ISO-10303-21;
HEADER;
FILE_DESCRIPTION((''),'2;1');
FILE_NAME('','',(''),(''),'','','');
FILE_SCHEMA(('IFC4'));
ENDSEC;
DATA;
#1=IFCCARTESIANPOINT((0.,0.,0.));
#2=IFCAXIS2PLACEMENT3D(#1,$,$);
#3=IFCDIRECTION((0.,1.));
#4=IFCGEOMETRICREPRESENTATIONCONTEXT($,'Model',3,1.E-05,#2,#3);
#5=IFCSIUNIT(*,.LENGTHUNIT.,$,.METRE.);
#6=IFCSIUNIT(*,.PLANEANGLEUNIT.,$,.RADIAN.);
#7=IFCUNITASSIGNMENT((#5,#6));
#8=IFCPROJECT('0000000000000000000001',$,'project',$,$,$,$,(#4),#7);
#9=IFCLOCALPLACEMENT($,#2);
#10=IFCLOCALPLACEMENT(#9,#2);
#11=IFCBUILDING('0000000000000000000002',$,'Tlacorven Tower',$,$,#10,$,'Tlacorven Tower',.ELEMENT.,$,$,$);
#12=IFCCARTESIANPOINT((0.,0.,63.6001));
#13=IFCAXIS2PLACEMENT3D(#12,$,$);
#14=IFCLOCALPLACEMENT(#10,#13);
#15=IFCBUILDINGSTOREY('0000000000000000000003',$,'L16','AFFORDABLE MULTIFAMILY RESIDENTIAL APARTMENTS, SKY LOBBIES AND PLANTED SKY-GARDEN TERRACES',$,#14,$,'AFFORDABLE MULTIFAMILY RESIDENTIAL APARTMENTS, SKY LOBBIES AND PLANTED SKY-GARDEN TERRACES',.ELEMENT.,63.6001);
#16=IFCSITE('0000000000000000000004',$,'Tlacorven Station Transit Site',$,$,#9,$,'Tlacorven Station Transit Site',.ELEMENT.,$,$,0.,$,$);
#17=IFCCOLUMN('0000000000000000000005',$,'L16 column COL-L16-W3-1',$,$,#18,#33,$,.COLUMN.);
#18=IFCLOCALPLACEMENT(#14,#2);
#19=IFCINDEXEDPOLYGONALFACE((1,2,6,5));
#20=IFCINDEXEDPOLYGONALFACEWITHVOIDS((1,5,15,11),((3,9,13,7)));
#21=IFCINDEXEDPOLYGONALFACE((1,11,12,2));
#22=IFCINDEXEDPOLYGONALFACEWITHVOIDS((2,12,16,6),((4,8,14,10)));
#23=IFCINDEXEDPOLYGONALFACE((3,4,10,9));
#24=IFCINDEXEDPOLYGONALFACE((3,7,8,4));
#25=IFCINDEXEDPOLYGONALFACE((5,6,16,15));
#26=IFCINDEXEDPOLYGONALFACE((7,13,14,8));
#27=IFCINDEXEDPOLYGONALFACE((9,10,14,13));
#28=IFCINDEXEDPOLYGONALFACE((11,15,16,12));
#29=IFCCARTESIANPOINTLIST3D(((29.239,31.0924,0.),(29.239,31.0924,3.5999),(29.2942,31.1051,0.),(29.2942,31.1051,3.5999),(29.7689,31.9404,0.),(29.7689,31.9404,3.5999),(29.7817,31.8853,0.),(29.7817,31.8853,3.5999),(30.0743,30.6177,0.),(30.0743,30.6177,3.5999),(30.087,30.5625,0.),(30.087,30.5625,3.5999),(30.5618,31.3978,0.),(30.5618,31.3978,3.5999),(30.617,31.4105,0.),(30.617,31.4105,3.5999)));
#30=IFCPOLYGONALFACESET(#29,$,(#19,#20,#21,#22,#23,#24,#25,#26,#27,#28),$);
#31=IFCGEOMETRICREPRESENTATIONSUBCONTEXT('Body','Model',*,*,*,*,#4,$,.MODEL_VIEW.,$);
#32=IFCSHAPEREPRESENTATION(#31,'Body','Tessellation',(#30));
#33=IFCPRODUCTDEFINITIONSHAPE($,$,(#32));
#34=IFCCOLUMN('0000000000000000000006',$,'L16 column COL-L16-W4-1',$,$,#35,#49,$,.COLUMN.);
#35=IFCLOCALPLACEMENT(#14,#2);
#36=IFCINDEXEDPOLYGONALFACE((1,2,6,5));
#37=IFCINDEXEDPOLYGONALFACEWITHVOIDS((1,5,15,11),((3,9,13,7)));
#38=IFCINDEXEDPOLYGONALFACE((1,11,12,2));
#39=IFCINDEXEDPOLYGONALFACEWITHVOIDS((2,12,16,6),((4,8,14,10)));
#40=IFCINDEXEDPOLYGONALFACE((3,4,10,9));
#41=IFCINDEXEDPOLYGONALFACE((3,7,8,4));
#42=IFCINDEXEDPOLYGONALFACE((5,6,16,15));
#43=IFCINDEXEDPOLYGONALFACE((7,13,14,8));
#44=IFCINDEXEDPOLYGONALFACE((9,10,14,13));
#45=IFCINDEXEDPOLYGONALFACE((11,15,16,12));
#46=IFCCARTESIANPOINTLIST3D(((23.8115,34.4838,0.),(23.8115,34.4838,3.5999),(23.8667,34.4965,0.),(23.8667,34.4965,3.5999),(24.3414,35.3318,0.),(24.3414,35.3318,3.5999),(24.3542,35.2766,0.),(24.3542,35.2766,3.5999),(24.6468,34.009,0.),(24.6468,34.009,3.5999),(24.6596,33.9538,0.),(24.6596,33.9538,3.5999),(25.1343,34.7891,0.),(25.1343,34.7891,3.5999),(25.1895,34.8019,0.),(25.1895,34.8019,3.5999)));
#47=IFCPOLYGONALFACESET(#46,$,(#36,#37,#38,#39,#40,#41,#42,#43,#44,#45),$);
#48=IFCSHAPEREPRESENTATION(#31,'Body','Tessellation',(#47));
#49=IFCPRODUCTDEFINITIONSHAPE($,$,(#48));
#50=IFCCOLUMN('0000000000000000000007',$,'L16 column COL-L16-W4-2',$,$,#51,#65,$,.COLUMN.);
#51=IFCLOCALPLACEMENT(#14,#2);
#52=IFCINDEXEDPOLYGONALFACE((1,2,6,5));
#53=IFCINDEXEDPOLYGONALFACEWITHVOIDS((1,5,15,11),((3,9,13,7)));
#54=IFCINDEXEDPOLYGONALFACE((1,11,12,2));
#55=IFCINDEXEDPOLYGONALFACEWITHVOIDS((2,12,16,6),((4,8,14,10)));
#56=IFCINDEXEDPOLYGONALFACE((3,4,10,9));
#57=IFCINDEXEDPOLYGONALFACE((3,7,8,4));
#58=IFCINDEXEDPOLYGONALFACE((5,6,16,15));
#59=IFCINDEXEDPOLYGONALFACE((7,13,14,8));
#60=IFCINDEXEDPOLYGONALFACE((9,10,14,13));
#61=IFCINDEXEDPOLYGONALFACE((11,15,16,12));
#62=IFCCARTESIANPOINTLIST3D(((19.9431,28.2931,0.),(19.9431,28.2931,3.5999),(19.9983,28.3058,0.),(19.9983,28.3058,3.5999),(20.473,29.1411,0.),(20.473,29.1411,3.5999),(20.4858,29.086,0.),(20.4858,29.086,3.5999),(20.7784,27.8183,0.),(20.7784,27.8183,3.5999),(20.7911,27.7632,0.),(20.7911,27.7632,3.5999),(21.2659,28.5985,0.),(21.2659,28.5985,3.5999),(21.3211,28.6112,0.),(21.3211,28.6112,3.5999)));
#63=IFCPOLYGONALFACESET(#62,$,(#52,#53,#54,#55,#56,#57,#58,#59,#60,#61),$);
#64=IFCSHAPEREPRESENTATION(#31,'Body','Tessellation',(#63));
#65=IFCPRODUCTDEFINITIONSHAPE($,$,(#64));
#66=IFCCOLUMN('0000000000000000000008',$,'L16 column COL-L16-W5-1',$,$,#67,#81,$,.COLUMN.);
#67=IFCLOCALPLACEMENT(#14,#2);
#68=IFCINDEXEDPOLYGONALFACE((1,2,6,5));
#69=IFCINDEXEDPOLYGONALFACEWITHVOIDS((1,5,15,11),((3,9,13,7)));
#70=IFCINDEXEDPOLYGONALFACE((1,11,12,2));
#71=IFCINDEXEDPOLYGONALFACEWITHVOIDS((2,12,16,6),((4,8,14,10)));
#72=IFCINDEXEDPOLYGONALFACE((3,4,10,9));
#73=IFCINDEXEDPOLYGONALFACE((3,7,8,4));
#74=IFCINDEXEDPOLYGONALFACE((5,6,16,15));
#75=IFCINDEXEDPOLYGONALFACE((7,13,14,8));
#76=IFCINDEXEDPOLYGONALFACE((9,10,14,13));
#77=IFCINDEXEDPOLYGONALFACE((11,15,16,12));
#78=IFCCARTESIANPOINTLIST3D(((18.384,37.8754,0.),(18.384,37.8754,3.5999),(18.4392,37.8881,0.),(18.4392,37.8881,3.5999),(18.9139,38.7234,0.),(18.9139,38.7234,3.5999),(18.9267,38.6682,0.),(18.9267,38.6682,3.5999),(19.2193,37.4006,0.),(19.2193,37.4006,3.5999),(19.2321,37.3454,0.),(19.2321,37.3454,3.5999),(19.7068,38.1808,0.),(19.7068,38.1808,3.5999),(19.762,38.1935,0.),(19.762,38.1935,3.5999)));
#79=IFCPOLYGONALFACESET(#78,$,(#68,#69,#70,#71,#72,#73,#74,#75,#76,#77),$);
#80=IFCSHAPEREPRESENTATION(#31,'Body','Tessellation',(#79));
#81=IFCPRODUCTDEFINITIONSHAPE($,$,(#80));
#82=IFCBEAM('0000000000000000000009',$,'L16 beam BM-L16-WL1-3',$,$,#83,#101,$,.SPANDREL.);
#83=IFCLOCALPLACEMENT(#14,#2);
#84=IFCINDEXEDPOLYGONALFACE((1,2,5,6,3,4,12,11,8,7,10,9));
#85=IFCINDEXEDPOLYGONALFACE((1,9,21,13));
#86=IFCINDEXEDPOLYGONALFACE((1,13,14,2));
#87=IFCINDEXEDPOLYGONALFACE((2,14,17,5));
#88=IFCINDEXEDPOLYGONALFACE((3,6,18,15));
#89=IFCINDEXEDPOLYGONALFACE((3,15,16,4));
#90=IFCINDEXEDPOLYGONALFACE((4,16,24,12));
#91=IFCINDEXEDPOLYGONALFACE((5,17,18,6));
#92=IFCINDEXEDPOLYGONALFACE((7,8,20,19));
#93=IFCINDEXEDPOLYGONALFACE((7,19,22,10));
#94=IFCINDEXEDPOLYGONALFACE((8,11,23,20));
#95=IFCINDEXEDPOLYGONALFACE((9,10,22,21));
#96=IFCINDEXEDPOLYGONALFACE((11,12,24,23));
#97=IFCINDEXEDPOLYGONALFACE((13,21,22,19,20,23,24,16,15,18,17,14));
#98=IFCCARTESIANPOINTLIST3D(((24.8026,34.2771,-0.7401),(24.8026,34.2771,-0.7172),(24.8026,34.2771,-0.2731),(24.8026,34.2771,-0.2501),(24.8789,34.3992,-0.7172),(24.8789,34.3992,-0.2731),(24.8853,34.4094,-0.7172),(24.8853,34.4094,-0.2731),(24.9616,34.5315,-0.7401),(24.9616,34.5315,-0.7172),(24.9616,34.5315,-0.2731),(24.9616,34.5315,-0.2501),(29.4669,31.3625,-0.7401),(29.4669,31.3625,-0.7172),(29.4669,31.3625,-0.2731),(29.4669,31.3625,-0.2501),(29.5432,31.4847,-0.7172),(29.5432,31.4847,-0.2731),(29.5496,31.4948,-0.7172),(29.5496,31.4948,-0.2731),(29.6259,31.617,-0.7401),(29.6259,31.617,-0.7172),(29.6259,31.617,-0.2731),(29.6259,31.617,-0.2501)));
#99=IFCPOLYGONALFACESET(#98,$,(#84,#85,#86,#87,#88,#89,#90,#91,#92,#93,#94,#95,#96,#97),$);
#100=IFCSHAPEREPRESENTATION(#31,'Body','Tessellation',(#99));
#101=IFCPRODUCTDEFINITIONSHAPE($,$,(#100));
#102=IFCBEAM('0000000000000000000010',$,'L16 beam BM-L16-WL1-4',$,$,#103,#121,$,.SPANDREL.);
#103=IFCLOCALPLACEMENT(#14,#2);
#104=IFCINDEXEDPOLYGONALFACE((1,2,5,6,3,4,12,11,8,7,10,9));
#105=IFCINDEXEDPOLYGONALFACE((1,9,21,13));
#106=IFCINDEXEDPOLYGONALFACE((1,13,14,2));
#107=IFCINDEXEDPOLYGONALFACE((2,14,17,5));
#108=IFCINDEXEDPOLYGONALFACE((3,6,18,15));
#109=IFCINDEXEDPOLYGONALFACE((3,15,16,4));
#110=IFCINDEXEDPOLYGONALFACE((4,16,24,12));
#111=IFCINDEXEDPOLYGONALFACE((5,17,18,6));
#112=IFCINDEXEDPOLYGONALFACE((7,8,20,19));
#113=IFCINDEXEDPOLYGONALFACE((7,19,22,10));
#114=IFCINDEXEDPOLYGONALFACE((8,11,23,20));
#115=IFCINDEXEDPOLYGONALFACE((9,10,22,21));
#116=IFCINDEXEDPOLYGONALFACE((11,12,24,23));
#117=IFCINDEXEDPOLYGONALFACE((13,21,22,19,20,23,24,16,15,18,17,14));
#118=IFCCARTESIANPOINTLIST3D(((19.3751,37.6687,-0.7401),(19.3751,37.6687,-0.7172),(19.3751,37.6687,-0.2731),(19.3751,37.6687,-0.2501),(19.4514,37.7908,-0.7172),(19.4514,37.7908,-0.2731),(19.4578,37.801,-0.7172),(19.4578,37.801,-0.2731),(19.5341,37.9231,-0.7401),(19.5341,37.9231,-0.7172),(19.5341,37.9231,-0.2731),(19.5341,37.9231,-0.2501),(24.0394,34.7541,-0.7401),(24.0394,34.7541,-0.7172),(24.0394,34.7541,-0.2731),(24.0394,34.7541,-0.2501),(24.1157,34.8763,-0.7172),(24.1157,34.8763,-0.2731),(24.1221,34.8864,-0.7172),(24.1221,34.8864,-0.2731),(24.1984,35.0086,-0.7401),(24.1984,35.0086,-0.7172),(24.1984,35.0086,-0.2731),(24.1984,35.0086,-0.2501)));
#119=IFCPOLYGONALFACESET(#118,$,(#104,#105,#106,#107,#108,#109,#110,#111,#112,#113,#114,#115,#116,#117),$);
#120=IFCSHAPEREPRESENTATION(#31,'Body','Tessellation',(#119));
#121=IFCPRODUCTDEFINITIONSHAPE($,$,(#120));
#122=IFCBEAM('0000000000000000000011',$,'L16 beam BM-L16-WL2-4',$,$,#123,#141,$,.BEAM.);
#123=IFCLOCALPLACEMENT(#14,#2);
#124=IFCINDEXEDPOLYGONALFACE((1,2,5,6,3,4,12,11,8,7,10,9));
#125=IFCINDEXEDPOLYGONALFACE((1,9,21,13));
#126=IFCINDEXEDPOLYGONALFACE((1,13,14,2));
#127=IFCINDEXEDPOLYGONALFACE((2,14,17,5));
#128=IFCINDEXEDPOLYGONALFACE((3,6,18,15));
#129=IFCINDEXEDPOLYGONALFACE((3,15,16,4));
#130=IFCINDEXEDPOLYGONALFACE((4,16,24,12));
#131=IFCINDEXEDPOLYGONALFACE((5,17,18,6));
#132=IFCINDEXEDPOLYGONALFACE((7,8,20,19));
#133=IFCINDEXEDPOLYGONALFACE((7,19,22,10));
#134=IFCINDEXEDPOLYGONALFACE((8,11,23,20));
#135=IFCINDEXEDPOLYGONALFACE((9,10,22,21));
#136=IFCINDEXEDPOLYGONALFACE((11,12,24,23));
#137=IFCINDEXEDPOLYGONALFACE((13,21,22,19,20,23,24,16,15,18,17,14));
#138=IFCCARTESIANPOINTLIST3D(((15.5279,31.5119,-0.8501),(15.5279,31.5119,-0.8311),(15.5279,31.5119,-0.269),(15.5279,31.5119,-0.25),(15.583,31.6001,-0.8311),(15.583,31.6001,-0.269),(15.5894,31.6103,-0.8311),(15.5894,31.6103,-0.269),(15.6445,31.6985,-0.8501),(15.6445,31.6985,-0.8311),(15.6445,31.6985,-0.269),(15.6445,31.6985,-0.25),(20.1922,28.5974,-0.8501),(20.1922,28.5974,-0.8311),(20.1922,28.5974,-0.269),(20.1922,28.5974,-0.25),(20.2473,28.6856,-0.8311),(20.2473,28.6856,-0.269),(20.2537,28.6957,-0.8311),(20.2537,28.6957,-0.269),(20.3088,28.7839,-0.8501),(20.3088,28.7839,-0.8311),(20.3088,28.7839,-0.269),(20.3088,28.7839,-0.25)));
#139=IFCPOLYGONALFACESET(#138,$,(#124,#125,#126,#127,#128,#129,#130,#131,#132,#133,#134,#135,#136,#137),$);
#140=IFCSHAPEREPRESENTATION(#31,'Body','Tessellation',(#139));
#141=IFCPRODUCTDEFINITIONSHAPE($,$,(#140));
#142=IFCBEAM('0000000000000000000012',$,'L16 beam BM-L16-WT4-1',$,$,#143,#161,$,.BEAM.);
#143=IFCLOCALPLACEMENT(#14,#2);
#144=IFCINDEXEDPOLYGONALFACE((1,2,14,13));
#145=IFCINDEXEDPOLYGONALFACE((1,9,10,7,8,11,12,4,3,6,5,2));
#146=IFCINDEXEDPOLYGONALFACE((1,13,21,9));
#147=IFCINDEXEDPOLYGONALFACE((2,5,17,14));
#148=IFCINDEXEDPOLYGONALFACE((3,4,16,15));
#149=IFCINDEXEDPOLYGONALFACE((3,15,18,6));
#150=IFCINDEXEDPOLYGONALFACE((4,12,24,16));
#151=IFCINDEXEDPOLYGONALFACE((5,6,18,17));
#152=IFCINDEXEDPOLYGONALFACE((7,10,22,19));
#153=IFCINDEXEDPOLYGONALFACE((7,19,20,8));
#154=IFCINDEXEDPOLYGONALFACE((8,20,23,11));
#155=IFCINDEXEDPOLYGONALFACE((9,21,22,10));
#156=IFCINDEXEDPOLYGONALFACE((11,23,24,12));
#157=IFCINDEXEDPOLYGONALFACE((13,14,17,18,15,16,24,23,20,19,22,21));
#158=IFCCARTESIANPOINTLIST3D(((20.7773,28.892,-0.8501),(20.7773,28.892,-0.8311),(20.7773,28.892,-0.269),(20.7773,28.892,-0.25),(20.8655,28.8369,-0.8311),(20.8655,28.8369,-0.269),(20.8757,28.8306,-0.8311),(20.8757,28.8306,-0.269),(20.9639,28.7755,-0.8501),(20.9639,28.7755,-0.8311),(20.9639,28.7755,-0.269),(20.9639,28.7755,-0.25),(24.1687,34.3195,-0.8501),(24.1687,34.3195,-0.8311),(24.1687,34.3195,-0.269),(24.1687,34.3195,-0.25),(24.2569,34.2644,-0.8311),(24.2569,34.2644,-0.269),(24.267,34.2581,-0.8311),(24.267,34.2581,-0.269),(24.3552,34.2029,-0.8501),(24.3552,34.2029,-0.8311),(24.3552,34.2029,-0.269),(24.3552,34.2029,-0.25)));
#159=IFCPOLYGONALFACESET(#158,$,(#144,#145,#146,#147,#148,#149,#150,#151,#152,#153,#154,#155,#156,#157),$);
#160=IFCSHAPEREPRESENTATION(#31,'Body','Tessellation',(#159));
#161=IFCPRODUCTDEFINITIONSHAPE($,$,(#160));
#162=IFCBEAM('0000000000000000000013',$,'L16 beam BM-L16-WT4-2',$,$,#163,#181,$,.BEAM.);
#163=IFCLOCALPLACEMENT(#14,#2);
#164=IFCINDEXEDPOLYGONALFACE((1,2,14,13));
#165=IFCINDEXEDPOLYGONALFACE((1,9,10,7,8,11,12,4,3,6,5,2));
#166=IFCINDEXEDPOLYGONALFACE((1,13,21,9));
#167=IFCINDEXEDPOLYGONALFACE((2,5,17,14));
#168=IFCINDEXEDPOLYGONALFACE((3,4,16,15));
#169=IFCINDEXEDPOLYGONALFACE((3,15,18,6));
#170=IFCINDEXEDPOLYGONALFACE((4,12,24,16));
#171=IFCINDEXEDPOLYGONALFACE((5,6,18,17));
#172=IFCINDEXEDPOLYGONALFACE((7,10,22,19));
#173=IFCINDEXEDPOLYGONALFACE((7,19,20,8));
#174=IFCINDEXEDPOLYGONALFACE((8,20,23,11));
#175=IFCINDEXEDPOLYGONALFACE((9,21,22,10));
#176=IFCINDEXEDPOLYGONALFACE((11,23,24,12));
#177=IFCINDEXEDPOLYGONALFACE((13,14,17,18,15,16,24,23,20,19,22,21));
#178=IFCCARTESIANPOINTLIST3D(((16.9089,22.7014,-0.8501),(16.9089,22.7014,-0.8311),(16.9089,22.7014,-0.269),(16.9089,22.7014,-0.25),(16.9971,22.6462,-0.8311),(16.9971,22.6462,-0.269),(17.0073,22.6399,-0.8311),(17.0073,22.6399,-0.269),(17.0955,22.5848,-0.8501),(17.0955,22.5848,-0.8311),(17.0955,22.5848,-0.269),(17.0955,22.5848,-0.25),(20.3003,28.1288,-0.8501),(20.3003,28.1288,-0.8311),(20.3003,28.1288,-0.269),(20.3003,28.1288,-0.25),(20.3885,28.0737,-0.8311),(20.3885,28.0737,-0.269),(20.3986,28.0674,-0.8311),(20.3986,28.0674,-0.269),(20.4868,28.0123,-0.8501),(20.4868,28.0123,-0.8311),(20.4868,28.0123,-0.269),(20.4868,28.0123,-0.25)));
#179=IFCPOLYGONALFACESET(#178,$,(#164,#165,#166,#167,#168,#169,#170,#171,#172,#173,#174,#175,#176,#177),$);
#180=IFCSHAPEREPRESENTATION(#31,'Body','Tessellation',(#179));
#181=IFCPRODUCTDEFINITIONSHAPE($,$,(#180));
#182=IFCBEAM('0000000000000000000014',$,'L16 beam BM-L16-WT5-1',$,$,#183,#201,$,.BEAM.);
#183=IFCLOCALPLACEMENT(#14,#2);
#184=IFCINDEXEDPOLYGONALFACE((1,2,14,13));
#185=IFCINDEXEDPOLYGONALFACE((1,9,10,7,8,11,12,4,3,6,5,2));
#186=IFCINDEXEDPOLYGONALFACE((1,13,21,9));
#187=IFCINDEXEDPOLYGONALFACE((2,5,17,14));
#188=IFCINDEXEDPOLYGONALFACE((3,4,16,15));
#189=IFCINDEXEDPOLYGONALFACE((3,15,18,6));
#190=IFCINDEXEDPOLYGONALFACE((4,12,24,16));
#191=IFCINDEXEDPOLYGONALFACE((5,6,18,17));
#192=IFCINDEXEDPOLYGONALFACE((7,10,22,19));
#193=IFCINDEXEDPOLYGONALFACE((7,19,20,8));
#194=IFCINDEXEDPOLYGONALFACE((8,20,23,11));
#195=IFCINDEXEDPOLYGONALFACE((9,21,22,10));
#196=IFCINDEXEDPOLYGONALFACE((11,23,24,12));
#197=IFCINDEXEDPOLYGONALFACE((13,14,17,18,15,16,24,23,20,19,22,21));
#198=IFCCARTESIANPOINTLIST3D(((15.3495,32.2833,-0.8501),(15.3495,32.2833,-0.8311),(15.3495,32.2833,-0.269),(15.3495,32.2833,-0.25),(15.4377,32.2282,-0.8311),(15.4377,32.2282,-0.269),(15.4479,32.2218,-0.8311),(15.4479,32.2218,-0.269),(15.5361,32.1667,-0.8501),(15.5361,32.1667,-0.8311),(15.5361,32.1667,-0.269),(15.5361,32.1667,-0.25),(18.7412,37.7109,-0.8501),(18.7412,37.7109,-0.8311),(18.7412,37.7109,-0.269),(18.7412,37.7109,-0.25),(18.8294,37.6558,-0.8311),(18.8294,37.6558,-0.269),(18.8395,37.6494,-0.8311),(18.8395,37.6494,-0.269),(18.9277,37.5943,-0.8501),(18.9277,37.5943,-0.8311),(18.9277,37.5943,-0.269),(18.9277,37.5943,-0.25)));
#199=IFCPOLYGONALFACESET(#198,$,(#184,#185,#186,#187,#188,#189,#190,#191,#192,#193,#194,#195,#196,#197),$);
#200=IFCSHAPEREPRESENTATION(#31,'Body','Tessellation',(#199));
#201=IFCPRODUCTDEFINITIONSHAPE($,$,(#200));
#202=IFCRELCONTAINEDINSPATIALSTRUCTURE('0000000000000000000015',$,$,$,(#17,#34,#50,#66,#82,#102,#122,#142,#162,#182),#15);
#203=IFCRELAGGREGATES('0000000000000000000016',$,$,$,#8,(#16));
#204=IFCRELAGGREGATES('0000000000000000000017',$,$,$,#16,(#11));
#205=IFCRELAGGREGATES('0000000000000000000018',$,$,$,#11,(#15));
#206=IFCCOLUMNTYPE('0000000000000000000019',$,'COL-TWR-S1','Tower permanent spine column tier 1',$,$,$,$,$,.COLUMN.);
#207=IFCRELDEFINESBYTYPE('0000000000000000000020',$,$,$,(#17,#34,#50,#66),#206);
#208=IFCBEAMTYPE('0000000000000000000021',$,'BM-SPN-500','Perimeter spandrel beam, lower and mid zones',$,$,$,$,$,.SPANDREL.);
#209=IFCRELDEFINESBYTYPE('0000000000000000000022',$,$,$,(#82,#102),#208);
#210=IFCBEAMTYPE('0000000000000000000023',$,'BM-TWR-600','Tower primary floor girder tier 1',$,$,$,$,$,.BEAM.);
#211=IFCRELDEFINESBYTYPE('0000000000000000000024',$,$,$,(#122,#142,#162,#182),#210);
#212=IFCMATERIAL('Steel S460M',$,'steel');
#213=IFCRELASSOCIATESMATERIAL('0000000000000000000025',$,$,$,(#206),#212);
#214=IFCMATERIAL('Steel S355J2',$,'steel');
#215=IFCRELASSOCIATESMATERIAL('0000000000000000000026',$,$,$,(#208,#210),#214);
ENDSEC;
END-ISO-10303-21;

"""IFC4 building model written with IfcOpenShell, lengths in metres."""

from ifc_helpers import new_model, si_unit, direction, frame, origin, origin_2d, place, context, subcontext, project, spatial, hollow_rectangle, i_section, extrude, source, transform, mapped, material, material_profile, profile_set, type_object, element, save


model = new_model("IFC4")

# Units and contexts
model_context = context("Model", 3, precision=1e-05, world=origin(), true_north=direction((0.0, 1.0)))
body_context = subcontext(model_context, "Body", "Model", "MODEL_VIEW")
ifc_project = project(units=[si_unit("LENGTHUNIT", "METRE"), si_unit("PLANEANGLEUNIT", "RADIAN")], contexts=[model_context])

# Site, building, storey
site_placement = place(None, origin())
site = spatial("IfcSite", under=ifc_project, at=site_placement, Name="Tlacorven Station Transit Site", LongName="Tlacorven Station Transit Site", CompositionType="ELEMENT", RefElevation=0.0)
building_placement = place(site_placement, origin())
building = spatial("IfcBuilding", under=site, at=building_placement, Name="Tlacorven Tower", LongName="Tlacorven Tower", CompositionType="ELEMENT")
storey_placement = place(building_placement, frame((0.0, 0.0, 63.6001)))
storey = spatial("IfcBuildingStorey", under=building, at=storey_placement, Name="L16", Description="AFFORDABLE MULTIFAMILY RESIDENTIAL APARTMENTS, SKY LOBBIES AND PLANTED SKY-GARDEN TERRACES", LongName="AFFORDABLE MULTIFAMILY RESIDENTIAL APARTMENTS, SKY LOBBIES AND PLANTED SKY-GARDEN TERRACES", CompositionType="ELEMENT", Elevation=63.6001)

# Columns
ifc_material_1 = material(Name="Steel S460M", Category="steel")
ifc_material_profile_1 = material_profile(ifc_material_1, hollow_rectangle(XDim=1.0, YDim=1.0, WallThickness=0.04, at=origin_2d()), Name="BOX 1000X1000X40")
ifc_profile_set_1 = profile_set([ifc_material_profile_1], Name="Steel S460M")
column_type = type_object("IfcColumnType", Name="COL-TWR-S1", Description="Tower permanent spine column tier 1", PredefinedType="COLUMN", material=ifc_profile_set_1)
shared_shape_1 = source(origin(), body_context, "Body", "SweptSolid", [
    extrude(hollow_rectangle(XDim=1.0, YDim=1.0, WallThickness=0.04, at=origin_2d()), origin(), (0.0, 0.0, 1.0), 3.5999),
])
for number, where, z_axis, x_axis, name in (
    (1, (29.928, 31.2515, 0.0), (0.0, 0.0, 1.0), (-0.848048, 0.529919, 0.0), "L16 column COL-L16-W3-1"),
    (2, (24.5005, 34.6428, 0.0), (0.0, 0.0, 1.0), (-0.848048, 0.529919, 0.0), "L16 column COL-L16-W4-1"),
    (3, (20.6321, 28.4521, 0.0), (0.0, 0.0, 1.0), (-0.848048, 0.529919, 0.0), "L16 column COL-L16-W4-2"),
    (4, (19.073, 38.0344, 0.0), (0.0, 0.0, 1.0), (-0.848048, 0.529919, 0.0), "L16 column COL-L16-W5-1"),
):
    element("IfcColumn", number, at=place(storey_placement, frame(where, z_axis=z_axis, x_axis=x_axis)), inside=storey, type_object=column_type, Name=name, PredefinedType="COLUMN", context=body_context, shape_type="MappedRepresentation", body=[
        mapped(shared_shape_1, transform((0.0, 0.0, 0.0), scale=1.0)),
    ])

# Beams
ifc_material_2 = material(Name="Steel S355J2", Category="steel")
ifc_material_profile_2 = material_profile(ifc_material_2, i_section(OverallWidth=0.3, OverallDepth=0.49, WebThickness=0.012, FlangeThickness=0.0229, at=origin_2d()), Name="HEA 500")
ifc_profile_set_2 = profile_set([ifc_material_profile_2], Name="Steel S355J2")
beam_type_1 = type_object("IfcBeamType", Name="BM-SPN-500", Description="Perimeter spandrel beam, lower and mid zones", PredefinedType="SPANDREL", material=ifc_profile_set_2)
shared_shape_2 = source(origin(), body_context, "Body", "SweptSolid", [
    extrude(i_section(OverallWidth=0.3, OverallDepth=0.49, WebThickness=0.012, FlangeThickness=0.0229, at=origin_2d()), origin(), (0.0, 0.0, 1.0), 5.5),
])
for number, where, z_axis, x_axis, name in (
    (5, (29.5464, 31.4897, -0.4951), (-0.848051, 0.529915, 0.0), (-0.529915, -0.848051, 0.0), "L16 beam BM-L16-WL1-3"),
    (6, (24.1189, 34.8813, -0.4951), (-0.848051, 0.529915, 0.0), (-0.529915, -0.848051, 0.0), "L16 beam BM-L16-WL1-4"),
):
    element("IfcBeam", number, at=place(storey_placement, frame(where, z_axis=z_axis, x_axis=x_axis)), inside=storey, type_object=beam_type_1, Name=name, PredefinedType="SPANDREL", context=body_context, shape_type="MappedRepresentation", body=[
        mapped(shared_shape_2, transform((0.0, 0.0, 0.0), scale=1.0)),
    ])
ifc_material_profile_3 = material_profile(ifc_material_2, i_section(OverallWidth=0.22, OverallDepth=0.6001, WebThickness=0.012, FlangeThickness=0.019, at=origin_2d()), Name="IPE 600")
ifc_profile_set_3 = profile_set([ifc_material_profile_3], Name="Steel S355J2")
beam_type_2 = type_object("IfcBeamType", Name="BM-TWR-600", Description="Tower primary floor girder tier 1", PredefinedType="BEAM", material=ifc_profile_set_3)
shared_shape_3 = source(origin(), body_context, "Body", "SweptSolid", [
    extrude(i_section(OverallWidth=0.22, OverallDepth=0.6001, WebThickness=0.012, FlangeThickness=0.019, at=origin_2d()), origin(), (0.0, 0.0, 1.0), 5.5),
])
beam_1_placement = place(storey_placement, frame((20.2505, 28.6907, -0.55), z_axis=(-0.848051, 0.529915, 0.0), x_axis=(-0.529915, -0.848051, 0.0)))
element("IfcBeam", 7, at=beam_1_placement, inside=storey, type_object=beam_type_2, Name="L16 beam BM-L16-WL2-4", PredefinedType="BEAM", context=body_context, shape_type="MappedRepresentation", body=[
    mapped(shared_shape_3, transform((0.0, 0.0, 0.0), scale=1.0)),
])
shared_shape_4 = source(origin(), body_context, "Body", "SweptSolid", [
    extrude(i_section(OverallWidth=0.22, OverallDepth=0.6001, WebThickness=0.012, FlangeThickness=0.019, at=origin_2d()), origin(), (0.0, 0.0, 1.0), 6.3999),
])
for number, where, z_axis, x_axis, name in (
    (8, (24.262, 34.2612, -0.55), (-0.529906, -0.848056, 0.0), (0.848056, -0.529906, 0.0), "L16 beam BM-L16-WT4-1"),
    (9, (20.3936, 28.0706, -0.55), (-0.529906, -0.848056, 0.0), (0.848056, -0.529906, 0.0), "L16 beam BM-L16-WT4-2"),
):
    element("IfcBeam", number, at=place(storey_placement, frame(where, z_axis=z_axis, x_axis=x_axis)), inside=storey, type_object=beam_type_2, Name=name, PredefinedType="BEAM", context=body_context, shape_type="MappedRepresentation", body=[
        mapped(shared_shape_4, transform((0.0, 0.0, 0.0), scale=1.0)),
    ])
shared_shape_5 = source(origin(), body_context, "Body", "SweptSolid", [
    extrude(i_section(OverallWidth=0.22, OverallDepth=0.6001, WebThickness=0.012, FlangeThickness=0.019, at=origin_2d()), origin(), (0.0, 0.0, 1.0), 6.4001),
])
beam_2_placement = place(storey_placement, frame((18.8345, 37.6526, -0.55), z_axis=(-0.529934, -0.848039, 0.0), x_axis=(0.848039, -0.529934, 0.0)))
element("IfcBeam", 10, at=beam_2_placement, inside=storey, type_object=beam_type_2, Name="L16 beam BM-L16-WT5-1", PredefinedType="BEAM", context=body_context, shape_type="MappedRepresentation", body=[
    mapped(shared_shape_5, transform((0.0, 0.0, 0.0), scale=1.0)),
])

save(model, "model.ifc")
